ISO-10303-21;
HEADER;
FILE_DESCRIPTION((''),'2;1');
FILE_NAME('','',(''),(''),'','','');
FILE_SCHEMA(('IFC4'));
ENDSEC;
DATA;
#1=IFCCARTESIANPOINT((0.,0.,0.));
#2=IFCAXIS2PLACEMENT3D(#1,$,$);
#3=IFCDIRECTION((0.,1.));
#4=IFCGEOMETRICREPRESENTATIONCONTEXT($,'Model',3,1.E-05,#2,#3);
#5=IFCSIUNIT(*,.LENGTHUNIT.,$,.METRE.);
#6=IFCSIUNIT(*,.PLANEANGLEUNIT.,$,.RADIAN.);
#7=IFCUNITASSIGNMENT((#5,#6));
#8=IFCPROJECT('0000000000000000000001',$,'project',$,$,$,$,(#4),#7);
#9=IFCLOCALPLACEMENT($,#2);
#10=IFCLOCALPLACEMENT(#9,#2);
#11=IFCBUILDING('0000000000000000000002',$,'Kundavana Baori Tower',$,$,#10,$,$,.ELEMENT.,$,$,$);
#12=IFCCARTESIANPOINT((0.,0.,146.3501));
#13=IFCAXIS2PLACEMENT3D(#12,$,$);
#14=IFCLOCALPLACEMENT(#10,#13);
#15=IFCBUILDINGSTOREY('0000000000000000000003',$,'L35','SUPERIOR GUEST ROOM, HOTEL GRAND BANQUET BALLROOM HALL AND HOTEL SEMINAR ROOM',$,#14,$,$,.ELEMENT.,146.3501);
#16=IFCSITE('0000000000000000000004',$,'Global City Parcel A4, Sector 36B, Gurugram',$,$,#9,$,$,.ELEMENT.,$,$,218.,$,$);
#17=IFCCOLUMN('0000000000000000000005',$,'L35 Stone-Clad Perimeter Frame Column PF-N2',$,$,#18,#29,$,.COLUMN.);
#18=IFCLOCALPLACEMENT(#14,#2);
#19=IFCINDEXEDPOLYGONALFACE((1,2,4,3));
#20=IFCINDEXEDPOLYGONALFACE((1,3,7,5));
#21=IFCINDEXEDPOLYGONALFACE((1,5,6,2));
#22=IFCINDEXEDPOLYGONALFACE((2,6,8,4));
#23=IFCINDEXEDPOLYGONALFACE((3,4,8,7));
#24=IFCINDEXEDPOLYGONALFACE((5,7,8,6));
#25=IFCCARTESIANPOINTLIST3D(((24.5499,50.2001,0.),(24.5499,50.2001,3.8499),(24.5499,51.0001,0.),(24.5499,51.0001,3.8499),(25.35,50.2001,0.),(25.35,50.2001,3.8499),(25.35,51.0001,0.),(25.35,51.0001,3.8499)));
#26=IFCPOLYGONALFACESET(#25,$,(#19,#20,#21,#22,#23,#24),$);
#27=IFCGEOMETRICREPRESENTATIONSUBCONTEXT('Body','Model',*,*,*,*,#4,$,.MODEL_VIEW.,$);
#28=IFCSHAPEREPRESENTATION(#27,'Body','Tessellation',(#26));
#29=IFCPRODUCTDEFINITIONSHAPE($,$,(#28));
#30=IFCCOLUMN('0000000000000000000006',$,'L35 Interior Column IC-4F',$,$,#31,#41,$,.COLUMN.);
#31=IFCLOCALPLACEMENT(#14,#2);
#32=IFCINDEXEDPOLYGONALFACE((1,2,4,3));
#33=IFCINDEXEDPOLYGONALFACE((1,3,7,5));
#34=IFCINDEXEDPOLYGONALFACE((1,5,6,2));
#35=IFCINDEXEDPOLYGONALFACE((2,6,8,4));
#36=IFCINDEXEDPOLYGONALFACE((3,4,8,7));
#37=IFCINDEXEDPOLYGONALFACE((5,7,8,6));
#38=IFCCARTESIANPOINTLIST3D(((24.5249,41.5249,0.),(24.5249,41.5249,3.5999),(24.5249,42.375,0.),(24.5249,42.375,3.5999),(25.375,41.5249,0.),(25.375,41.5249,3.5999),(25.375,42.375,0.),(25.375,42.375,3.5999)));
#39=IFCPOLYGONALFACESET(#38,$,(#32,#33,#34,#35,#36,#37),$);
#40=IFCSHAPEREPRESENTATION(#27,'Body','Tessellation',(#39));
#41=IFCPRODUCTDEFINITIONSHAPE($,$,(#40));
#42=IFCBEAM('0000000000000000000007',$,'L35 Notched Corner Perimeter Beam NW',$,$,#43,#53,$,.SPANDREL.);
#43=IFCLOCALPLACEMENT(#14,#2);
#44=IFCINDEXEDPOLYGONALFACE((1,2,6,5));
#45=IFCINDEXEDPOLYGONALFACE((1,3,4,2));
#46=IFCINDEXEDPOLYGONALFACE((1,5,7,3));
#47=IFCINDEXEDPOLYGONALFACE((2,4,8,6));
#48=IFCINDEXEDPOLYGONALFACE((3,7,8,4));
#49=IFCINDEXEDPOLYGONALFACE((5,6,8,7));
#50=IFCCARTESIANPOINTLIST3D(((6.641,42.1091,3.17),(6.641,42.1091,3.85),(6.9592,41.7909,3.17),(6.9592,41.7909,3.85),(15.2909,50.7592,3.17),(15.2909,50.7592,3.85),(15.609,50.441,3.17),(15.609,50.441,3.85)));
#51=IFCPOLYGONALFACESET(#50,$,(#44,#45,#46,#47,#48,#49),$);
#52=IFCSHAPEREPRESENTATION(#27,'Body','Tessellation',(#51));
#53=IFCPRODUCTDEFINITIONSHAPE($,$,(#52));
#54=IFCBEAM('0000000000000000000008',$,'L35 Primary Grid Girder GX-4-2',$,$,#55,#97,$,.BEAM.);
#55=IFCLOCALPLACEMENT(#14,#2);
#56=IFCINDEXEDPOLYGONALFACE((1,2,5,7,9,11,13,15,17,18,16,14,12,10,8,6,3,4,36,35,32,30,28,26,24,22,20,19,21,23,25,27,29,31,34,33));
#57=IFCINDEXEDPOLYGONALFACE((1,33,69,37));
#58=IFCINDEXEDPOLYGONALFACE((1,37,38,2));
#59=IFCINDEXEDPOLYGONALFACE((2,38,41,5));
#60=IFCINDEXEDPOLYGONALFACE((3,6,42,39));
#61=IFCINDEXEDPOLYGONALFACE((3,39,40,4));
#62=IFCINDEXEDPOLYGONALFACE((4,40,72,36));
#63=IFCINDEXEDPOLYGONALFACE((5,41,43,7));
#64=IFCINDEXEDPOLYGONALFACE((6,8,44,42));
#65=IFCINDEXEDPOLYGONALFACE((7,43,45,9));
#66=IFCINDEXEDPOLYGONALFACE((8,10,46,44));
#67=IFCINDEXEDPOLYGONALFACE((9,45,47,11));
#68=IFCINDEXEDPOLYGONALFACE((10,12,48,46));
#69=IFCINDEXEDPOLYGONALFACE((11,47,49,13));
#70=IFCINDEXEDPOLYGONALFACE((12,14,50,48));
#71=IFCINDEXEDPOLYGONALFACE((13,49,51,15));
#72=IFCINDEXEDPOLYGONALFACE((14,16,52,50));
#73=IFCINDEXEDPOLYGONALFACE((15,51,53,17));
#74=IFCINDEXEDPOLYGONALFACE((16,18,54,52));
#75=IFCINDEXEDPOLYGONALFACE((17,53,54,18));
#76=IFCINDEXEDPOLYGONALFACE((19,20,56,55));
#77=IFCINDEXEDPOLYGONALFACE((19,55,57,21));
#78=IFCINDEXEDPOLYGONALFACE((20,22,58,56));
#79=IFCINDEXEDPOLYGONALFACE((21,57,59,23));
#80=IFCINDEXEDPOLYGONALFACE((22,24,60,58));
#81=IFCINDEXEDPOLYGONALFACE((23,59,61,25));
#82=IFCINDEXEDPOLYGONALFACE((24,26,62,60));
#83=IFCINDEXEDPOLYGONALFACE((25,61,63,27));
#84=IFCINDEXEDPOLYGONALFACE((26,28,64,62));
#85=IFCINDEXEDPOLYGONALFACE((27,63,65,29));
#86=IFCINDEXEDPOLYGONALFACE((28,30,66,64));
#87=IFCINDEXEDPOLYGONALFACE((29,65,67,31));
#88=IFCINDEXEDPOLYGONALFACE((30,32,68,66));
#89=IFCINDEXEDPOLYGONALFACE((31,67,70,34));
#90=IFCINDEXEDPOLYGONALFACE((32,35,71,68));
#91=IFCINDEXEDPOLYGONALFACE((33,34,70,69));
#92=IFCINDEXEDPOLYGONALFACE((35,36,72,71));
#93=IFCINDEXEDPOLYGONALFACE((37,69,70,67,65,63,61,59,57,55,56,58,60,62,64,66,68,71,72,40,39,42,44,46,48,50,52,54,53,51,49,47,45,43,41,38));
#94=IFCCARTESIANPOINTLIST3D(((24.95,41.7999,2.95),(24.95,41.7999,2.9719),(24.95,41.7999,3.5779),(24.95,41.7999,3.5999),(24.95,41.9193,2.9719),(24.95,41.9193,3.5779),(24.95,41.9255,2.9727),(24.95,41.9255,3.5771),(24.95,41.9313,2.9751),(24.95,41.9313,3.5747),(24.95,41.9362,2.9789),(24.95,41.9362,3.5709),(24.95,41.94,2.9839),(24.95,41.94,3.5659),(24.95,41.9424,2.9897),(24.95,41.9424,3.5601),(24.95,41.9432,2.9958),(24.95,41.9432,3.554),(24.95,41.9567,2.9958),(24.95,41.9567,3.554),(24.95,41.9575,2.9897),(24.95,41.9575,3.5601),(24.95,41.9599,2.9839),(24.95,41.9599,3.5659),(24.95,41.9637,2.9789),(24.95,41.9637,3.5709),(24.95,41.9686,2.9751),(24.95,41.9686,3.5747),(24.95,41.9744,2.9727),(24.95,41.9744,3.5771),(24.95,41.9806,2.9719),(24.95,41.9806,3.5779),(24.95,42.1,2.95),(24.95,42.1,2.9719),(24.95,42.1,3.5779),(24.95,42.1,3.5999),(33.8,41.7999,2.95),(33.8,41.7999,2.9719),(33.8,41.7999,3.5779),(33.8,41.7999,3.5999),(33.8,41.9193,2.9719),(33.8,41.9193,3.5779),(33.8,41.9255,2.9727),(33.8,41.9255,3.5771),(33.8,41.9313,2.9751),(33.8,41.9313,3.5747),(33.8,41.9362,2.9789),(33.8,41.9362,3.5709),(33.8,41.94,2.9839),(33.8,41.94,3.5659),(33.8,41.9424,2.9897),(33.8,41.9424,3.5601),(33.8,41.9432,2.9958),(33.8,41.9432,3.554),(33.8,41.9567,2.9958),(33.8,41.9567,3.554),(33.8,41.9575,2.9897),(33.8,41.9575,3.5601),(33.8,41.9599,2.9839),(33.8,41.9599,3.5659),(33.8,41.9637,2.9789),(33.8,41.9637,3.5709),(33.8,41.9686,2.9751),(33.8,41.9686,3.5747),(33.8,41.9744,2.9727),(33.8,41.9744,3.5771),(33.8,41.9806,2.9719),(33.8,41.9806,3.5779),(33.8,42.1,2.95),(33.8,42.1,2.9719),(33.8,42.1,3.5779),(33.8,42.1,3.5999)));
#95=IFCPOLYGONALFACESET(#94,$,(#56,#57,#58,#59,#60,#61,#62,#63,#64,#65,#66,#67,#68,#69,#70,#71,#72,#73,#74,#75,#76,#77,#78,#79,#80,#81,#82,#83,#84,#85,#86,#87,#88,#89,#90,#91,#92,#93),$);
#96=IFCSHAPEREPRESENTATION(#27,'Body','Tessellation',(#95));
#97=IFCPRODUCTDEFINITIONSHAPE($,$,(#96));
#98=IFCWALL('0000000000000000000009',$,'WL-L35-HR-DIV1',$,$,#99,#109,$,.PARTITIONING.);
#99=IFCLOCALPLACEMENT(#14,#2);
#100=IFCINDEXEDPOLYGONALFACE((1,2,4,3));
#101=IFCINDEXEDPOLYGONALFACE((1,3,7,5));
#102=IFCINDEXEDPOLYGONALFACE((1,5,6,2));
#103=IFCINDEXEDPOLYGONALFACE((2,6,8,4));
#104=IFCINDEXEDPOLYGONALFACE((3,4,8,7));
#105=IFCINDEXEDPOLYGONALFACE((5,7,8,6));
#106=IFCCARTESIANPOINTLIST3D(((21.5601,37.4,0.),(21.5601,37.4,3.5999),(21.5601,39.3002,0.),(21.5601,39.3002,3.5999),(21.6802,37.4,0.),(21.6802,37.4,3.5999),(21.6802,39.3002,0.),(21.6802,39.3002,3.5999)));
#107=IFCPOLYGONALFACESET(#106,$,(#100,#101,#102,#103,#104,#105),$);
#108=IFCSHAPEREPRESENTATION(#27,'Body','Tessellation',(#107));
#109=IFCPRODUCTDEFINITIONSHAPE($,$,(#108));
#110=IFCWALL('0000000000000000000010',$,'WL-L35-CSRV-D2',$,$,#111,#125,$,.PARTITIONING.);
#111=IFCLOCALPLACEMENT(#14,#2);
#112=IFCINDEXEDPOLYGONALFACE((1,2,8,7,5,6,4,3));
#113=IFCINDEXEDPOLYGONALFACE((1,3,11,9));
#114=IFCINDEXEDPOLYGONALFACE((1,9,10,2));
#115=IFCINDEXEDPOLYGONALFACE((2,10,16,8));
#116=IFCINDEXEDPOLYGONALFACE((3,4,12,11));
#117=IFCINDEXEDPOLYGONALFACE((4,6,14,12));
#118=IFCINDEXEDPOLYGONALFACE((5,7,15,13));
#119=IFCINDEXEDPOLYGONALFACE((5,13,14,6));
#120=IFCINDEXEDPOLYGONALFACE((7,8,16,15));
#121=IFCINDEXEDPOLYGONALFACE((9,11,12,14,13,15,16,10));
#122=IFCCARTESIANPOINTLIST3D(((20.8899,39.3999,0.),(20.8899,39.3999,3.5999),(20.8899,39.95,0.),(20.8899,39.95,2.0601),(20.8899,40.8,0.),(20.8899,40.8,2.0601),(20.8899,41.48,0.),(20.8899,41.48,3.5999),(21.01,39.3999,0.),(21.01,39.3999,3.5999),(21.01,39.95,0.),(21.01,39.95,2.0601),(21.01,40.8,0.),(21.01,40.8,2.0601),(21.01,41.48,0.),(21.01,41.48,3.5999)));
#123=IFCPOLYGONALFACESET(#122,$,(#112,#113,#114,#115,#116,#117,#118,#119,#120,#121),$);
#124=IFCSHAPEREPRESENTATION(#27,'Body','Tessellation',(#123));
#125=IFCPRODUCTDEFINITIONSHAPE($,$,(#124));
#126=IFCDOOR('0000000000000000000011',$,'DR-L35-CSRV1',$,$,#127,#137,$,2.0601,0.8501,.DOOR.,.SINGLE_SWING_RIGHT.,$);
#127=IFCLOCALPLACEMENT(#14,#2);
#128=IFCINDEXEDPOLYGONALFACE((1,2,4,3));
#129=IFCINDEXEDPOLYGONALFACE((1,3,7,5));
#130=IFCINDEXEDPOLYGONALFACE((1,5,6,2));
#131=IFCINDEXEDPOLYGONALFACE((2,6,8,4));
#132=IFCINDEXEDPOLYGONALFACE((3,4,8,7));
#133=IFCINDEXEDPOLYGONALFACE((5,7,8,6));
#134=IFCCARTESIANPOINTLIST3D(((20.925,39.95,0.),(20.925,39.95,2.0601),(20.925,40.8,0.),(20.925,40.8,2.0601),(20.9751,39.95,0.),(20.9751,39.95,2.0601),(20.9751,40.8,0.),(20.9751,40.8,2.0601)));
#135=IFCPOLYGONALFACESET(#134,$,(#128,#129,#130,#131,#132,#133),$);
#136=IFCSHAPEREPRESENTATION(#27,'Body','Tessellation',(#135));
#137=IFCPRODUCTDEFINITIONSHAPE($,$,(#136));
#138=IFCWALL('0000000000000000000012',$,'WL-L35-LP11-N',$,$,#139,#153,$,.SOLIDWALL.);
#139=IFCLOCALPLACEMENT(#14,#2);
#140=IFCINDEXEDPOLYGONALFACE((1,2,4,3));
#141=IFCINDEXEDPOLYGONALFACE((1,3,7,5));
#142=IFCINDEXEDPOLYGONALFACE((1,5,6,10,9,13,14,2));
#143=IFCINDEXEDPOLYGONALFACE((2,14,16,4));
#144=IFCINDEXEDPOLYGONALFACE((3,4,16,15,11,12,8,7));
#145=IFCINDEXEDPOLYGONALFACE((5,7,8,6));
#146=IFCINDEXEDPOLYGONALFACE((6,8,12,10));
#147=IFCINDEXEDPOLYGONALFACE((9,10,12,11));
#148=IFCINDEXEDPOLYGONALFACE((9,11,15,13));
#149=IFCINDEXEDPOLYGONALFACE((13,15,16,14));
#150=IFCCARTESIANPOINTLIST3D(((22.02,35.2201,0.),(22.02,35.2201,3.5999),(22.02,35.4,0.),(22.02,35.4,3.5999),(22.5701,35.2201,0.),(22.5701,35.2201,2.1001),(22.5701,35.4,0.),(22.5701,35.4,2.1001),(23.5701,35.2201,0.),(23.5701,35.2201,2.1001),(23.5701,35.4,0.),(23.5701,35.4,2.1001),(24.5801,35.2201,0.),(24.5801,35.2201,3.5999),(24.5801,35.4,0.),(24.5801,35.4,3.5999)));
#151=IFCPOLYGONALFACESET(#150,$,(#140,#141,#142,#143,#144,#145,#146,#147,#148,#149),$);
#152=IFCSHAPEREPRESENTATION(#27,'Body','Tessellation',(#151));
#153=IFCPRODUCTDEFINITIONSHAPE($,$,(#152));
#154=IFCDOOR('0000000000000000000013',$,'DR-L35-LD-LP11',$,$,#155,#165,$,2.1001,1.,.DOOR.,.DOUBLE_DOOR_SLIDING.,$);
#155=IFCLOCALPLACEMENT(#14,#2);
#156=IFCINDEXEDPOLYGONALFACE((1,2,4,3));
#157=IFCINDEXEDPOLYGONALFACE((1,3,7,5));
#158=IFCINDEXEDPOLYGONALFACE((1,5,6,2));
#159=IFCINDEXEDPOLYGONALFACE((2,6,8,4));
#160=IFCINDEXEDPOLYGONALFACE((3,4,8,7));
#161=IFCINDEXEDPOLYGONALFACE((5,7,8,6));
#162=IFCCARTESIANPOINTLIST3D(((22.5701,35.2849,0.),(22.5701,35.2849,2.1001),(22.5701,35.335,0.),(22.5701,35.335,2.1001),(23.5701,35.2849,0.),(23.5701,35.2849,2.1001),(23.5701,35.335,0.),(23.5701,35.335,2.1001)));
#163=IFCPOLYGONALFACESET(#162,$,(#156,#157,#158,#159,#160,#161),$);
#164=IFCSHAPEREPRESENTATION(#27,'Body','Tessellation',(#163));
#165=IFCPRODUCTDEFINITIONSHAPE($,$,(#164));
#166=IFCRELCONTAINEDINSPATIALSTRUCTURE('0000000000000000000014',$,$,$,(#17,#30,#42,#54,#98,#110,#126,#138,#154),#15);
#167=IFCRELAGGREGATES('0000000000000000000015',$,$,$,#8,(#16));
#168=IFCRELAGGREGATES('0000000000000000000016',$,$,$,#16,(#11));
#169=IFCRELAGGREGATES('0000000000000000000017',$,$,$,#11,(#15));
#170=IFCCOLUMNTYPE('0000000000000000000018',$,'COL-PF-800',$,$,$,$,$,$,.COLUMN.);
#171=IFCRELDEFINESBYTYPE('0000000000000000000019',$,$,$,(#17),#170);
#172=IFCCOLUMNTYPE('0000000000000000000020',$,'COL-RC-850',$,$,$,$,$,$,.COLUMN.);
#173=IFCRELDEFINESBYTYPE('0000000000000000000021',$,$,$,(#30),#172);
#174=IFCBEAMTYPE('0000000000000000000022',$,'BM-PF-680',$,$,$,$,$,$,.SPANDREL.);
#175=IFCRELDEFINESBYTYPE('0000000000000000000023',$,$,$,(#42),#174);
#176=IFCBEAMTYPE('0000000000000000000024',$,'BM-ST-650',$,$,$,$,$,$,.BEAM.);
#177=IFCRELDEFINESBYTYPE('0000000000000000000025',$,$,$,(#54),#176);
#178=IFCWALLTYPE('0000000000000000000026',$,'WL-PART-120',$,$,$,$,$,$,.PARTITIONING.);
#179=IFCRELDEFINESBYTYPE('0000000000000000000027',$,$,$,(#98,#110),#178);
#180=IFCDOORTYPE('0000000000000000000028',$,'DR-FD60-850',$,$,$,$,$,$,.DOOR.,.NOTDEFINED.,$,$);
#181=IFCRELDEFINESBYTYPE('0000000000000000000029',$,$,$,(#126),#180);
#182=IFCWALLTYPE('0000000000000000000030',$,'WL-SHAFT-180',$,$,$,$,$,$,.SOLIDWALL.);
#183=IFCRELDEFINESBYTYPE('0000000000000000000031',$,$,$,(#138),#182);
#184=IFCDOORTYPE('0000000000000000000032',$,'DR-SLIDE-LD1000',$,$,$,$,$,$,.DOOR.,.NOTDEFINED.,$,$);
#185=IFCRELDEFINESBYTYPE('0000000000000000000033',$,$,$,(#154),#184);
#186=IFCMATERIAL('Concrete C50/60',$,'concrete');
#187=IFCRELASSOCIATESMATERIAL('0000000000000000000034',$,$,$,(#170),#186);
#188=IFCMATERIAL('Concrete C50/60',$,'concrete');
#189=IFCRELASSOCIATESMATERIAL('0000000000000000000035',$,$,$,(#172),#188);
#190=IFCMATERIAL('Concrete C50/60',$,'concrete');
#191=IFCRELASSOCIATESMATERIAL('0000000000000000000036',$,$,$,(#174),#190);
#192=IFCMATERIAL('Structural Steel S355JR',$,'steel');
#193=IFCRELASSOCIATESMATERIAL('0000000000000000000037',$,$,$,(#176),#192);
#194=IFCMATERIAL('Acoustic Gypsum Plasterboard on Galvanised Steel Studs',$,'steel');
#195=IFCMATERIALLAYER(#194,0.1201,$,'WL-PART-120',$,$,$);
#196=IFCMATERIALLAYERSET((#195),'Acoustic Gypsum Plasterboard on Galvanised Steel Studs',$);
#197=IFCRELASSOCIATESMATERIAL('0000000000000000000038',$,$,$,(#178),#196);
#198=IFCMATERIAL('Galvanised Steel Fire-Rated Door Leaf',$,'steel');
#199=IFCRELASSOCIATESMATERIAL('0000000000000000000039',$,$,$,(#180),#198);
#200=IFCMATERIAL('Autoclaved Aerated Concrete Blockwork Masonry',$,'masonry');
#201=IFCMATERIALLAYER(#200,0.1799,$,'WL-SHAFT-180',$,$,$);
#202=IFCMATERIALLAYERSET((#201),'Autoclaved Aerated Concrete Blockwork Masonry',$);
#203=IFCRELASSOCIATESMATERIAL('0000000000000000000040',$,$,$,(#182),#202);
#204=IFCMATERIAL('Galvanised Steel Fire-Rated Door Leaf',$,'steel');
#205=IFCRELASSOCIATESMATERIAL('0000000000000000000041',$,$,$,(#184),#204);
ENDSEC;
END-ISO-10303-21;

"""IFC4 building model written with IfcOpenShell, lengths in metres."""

from ifc_helpers import new_model, si_unit, direction, frame, frame_2d, origin, origin_2d, place, context, subcontext, project, spatial, rectangle, i_section, extrude, material, layer, layer_set, material_profile, profile_set, type_object, element, fill, save


model = new_model("IFC4")

# Units and contexts
model_context = context("Model", 3, precision=1e-05, world=origin(), true_north=direction((0.0, 1.0)))
body_context = subcontext(model_context, "Body", "Model", "MODEL_VIEW")
ifc_project = project(units=[si_unit("LENGTHUNIT", "METRE"), si_unit("PLANEANGLEUNIT", "RADIAN")], contexts=[model_context])

# Site, building, storey
site_placement = place(None, origin())
site = spatial("IfcSite", under=ifc_project, at=site_placement, Name="Global City Parcel A4, Sector 36B, Gurugram", CompositionType="ELEMENT", RefElevation=218.0)
building_placement = place(site_placement, origin())
building = spatial("IfcBuilding", under=site, at=building_placement, Name="Kundavana Baori Tower", CompositionType="ELEMENT")
storey_placement = place(building_placement, frame((0.0, 0.0, 146.3501)))
storey = spatial("IfcBuildingStorey", under=building, at=storey_placement, Name="L35", Description="SUPERIOR GUEST ROOM, HOTEL GRAND BANQUET BALLROOM HALL AND HOTEL SEMINAR ROOM", CompositionType="ELEMENT", Elevation=146.3501)

# Columns
ifc_material_1 = material(Name="Concrete C50/60", Category="concrete")
ifc_material_profile_1 = material_profile(ifc_material_1, rectangle(XDim=0.8, YDim=0.8, at=origin_2d()), Name="RC PF 800x800")
ifc_profile_set_1 = profile_set([ifc_material_profile_1], Name="Concrete C50/60")
column_type_1 = type_object("IfcColumnType", Name="COL-PF-800", PredefinedType="COLUMN", material=ifc_profile_set_1)
column_1_placement = place(storey_placement, frame((24.95, 50.6001, 0.0), z_axis=(0.0, 0.0, 1.0), x_axis=(1.0, 0.0, 0.0)))
element("IfcColumn", 1, at=column_1_placement, inside=storey, type_object=column_type_1, Name="L35 Stone-Clad Perimeter Frame Column PF-N2", PredefinedType="COLUMN", context=body_context, shape_type="SweptSolid", body=[
    extrude(rectangle(XDim=0.8, YDim=0.8, at=origin_2d()), origin(), (0.0, 0.0, 1.0), 3.8499),
])
ifc_material_2 = material(Name="Concrete C50/60", Category="concrete")
ifc_material_profile_2 = material_profile(ifc_material_2, rectangle(XDim=0.8501, YDim=0.8501, at=origin_2d()), Name="RC 850x850")
ifc_profile_set_2 = profile_set([ifc_material_profile_2], Name="Concrete C50/60")
column_type_2 = type_object("IfcColumnType", Name="COL-RC-850", PredefinedType="COLUMN", material=ifc_profile_set_2)
column_2_placement = place(storey_placement, frame((24.95, 41.95, 0.0), z_axis=(0.0, 0.0, 1.0), x_axis=(1.0, 0.0, 0.0)))
element("IfcColumn", 2, at=column_2_placement, inside=storey, type_object=column_type_2, Name="L35 Interior Column IC-4F", PredefinedType="COLUMN", context=body_context, shape_type="SweptSolid", body=[
    extrude(rectangle(XDim=0.8501, YDim=0.8501, at=origin_2d()), origin(), (0.0, 0.0, 1.0), 3.5999),
])

# Beams
ifc_material_3 = material(Name="Concrete C50/60", Category="concrete")
ifc_material_profile_3 = material_profile(ifc_material_3, rectangle(XDim=0.45, YDim=0.6799, at=origin_2d()), Name="RC BM 450x680")
ifc_profile_set_3 = profile_set([ifc_material_profile_3], Name="Concrete C50/60")
beam_type_1 = type_object("IfcBeamType", Name="BM-PF-680", PredefinedType="SPANDREL", material=ifc_profile_set_3)
beam_1_placement = place(storey_placement, frame((15.45, 50.6001, 3.51), z_axis=(-0.707097, -0.707117, 0.0), x_axis=(0.707117, -0.707097, 0.0)))
element("IfcBeam", 3, at=beam_1_placement, inside=storey, type_object=beam_type_1, Name="L35 Notched Corner Perimeter Beam NW", PredefinedType="SPANDREL", context=body_context, shape_type="SweptSolid", body=[
    extrude(rectangle(XDim=0.45, YDim=0.6799, at=origin_2d()), origin(), (0.0, 0.0, 1.0), 12.2329),
])
ifc_material_4 = material(Name="Structural Steel S355JR", Category="steel")
ifc_material_profile_4 = material_profile(ifc_material_4, i_section(OverallWidth=0.3, OverallDepth=0.6499, WebThickness=0.0134, FlangeThickness=0.022, FilletRadius=0.0239, at=origin_2d()), Name="NPB 650x300x155")
ifc_profile_set_4 = profile_set([ifc_material_profile_4], Name="Structural Steel S355JR")
beam_type_2 = type_object("IfcBeamType", Name="BM-ST-650", PredefinedType="BEAM", material=ifc_profile_set_4)
beam_2_placement = place(storey_placement, frame((24.95, 41.95, 3.2749), z_axis=(1.0, 0.0, 0.0), x_axis=(0.0, 1.0, 0.0)))
element("IfcBeam", 4, at=beam_2_placement, inside=storey, type_object=beam_type_2, Name="L35 Primary Grid Girder GX-4-2", PredefinedType="BEAM", context=body_context, shape_type="SweptSolid", body=[
    extrude(i_section(OverallWidth=0.3, OverallDepth=0.6499, WebThickness=0.0134, FlangeThickness=0.022, FilletRadius=0.0239, at=origin_2d()), origin(), (0.0, 0.0, 1.0), 8.8501),
])

# Wall
ifc_material_5 = material(Name="Acoustic Gypsum Plasterboard on Galvanised Steel Studs", Category="steel")
ifc_layer_1 = layer(ifc_material_5, 0.1201, Name="WL-PART-120")
ifc_layer_set_1 = layer_set([ifc_layer_1], Name="Acoustic Gypsum Plasterboard on Galvanised Steel Studs")
wall_type_1 = type_object("IfcWallType", Name="WL-PART-120", PredefinedType="PARTITIONING", material=ifc_layer_set_1)
wall_1_placement = place(storey_placement, frame((21.6201, 37.3999, 0.0), z_axis=(0.0, 0.0, 1.0), x_axis=(0.0, 1.0, 0.0)))
element("IfcWall", 5, at=wall_1_placement, inside=storey, type_object=wall_type_1, Name="WL-L35-HR-DIV1", PredefinedType="PARTITIONING", context=body_context, shape_type="SweptSolid", body=[
    extrude(rectangle(XDim=1.9001, YDim=0.1201, at=frame_2d((0.9502, 0.0))), origin(), (0.0, 0.0, 1.0), 3.5999),
])

# Walls, openings, doors
wall_2_placement = place(storey_placement, frame((20.95, 39.3999, 0.0), z_axis=(0.0, 0.0, 1.0), x_axis=(0.0, 1.0, 0.0)))
wall_2 = element("IfcWall", 6, at=wall_2_placement, inside=storey, type_object=wall_type_1, Name="WL-L35-CSRV-D2", PredefinedType="PARTITIONING", context=body_context, shape_type="SweptSolid", body=[
    extrude(rectangle(XDim=2.0801, YDim=0.1201, at=frame_2d((1.04, 0.0))), origin(), (0.0, 0.0, 1.0), 3.5999),
])
opening_1_placement = place(wall_2_placement, frame((0.55, 0.0, 0.0)))
opening_1 = element("IfcOpeningElement", 7, at=opening_1_placement, cuts=wall_2, PredefinedType="OPENING", context=body_context, shape_type="SweptSolid", body=[
    extrude(rectangle(XDim=0.8501, YDim=2.0601, at=frame_2d((0.425, 1.03))), frame((0.0, 0.0701, 0.0), z_axis=(0.0, -1.0, 0.0), x_axis=(1.0, 0.0, 0.0)), (0.0, 0.0, 1.0), 0.1401),
])
ifc_material_6 = material(Name="Galvanised Steel Fire-Rated Door Leaf", Category="steel")
door_type_1 = type_object("IfcDoorType", Name="DR-FD60-850", OperationType="NOTDEFINED", PredefinedType="DOOR", material=ifc_material_6)
door_1_placement = place(opening_1_placement, origin())
door_1 = element("IfcDoor", 8, at=door_1_placement, inside=storey, type_object=door_type_1, Name="DR-L35-CSRV1", OperationType="SINGLE_SWING_RIGHT", OverallHeight=2.0601, OverallWidth=0.8501, PredefinedType="DOOR", context=body_context, shape_type="SweptSolid", body=[
    extrude(rectangle(XDim=0.8501, YDim=2.0601, at=frame_2d((0.425, 1.03))), frame((0.0, 0.0249, 0.0), z_axis=(0.0, -1.0, 0.0), x_axis=(1.0, 0.0, 0.0)), (0.0, 0.0, 1.0), 0.05),
])
fill(opening_1, door_1)
ifc_material_7 = material(Name="Autoclaved Aerated Concrete Blockwork Masonry", Category="masonry")
ifc_layer_2 = layer(ifc_material_7, 0.1799, Name="WL-SHAFT-180")
ifc_layer_set_2 = layer_set([ifc_layer_2], Name="Autoclaved Aerated Concrete Blockwork Masonry")
wall_type_2 = type_object("IfcWallType", Name="WL-SHAFT-180", PredefinedType="SOLIDWALL", material=ifc_layer_set_2)
wall_3_placement = place(storey_placement, frame((22.02, 35.3101, 0.0), z_axis=(0.0, 0.0, 1.0), x_axis=(1.0, 0.0, 0.0)))
wall_3 = element("IfcWall", 9, at=wall_3_placement, inside=storey, type_object=wall_type_2, Name="WL-L35-LP11-N", PredefinedType="SOLIDWALL", context=body_context, shape_type="SweptSolid", body=[
    extrude(rectangle(XDim=2.5601, YDim=0.1799, at=frame_2d((1.28, 0.0))), origin(), (0.0, 0.0, 1.0), 3.5999),
])
opening_2_placement = place(wall_3_placement, frame((0.55, 0.0, 0.0)))
opening_2 = element("IfcOpeningElement", 10, at=opening_2_placement, cuts=wall_3, PredefinedType="OPENING", context=body_context, shape_type="SweptSolid", body=[
    extrude(rectangle(XDim=1.0, YDim=2.1001, at=frame_2d((0.5, 1.05))), frame((0.0, 0.1001, 0.0), z_axis=(0.0, -1.0, 0.0), x_axis=(1.0, 0.0, 0.0)), (0.0, 0.0, 1.0), 0.2),
])
ifc_material_8 = material(Name="Galvanised Steel Fire-Rated Door Leaf", Category="steel")
door_type_2 = type_object("IfcDoorType", Name="DR-SLIDE-LD1000", OperationType="NOTDEFINED", PredefinedType="DOOR", material=ifc_material_8)
door_2_placement = place(opening_2_placement, origin())
door_2 = element("IfcDoor", 11, at=door_2_placement, inside=storey, type_object=door_type_2, Name="DR-L35-LD-LP11", OperationType="DOUBLE_DOOR_SLIDING", OverallHeight=2.1001, OverallWidth=1.0, PredefinedType="DOOR", context=body_context, shape_type="SweptSolid", body=[
    extrude(rectangle(XDim=1.0, YDim=2.1001, at=frame_2d((0.5, 1.05))), frame((0.0, 0.0249, 0.0), z_axis=(0.0, -1.0, 0.0), x_axis=(1.0, 0.0, 0.0)), (0.0, 0.0, 1.0), 0.05),
])
fill(opening_2, door_2)

save(model, "model.ifc")
